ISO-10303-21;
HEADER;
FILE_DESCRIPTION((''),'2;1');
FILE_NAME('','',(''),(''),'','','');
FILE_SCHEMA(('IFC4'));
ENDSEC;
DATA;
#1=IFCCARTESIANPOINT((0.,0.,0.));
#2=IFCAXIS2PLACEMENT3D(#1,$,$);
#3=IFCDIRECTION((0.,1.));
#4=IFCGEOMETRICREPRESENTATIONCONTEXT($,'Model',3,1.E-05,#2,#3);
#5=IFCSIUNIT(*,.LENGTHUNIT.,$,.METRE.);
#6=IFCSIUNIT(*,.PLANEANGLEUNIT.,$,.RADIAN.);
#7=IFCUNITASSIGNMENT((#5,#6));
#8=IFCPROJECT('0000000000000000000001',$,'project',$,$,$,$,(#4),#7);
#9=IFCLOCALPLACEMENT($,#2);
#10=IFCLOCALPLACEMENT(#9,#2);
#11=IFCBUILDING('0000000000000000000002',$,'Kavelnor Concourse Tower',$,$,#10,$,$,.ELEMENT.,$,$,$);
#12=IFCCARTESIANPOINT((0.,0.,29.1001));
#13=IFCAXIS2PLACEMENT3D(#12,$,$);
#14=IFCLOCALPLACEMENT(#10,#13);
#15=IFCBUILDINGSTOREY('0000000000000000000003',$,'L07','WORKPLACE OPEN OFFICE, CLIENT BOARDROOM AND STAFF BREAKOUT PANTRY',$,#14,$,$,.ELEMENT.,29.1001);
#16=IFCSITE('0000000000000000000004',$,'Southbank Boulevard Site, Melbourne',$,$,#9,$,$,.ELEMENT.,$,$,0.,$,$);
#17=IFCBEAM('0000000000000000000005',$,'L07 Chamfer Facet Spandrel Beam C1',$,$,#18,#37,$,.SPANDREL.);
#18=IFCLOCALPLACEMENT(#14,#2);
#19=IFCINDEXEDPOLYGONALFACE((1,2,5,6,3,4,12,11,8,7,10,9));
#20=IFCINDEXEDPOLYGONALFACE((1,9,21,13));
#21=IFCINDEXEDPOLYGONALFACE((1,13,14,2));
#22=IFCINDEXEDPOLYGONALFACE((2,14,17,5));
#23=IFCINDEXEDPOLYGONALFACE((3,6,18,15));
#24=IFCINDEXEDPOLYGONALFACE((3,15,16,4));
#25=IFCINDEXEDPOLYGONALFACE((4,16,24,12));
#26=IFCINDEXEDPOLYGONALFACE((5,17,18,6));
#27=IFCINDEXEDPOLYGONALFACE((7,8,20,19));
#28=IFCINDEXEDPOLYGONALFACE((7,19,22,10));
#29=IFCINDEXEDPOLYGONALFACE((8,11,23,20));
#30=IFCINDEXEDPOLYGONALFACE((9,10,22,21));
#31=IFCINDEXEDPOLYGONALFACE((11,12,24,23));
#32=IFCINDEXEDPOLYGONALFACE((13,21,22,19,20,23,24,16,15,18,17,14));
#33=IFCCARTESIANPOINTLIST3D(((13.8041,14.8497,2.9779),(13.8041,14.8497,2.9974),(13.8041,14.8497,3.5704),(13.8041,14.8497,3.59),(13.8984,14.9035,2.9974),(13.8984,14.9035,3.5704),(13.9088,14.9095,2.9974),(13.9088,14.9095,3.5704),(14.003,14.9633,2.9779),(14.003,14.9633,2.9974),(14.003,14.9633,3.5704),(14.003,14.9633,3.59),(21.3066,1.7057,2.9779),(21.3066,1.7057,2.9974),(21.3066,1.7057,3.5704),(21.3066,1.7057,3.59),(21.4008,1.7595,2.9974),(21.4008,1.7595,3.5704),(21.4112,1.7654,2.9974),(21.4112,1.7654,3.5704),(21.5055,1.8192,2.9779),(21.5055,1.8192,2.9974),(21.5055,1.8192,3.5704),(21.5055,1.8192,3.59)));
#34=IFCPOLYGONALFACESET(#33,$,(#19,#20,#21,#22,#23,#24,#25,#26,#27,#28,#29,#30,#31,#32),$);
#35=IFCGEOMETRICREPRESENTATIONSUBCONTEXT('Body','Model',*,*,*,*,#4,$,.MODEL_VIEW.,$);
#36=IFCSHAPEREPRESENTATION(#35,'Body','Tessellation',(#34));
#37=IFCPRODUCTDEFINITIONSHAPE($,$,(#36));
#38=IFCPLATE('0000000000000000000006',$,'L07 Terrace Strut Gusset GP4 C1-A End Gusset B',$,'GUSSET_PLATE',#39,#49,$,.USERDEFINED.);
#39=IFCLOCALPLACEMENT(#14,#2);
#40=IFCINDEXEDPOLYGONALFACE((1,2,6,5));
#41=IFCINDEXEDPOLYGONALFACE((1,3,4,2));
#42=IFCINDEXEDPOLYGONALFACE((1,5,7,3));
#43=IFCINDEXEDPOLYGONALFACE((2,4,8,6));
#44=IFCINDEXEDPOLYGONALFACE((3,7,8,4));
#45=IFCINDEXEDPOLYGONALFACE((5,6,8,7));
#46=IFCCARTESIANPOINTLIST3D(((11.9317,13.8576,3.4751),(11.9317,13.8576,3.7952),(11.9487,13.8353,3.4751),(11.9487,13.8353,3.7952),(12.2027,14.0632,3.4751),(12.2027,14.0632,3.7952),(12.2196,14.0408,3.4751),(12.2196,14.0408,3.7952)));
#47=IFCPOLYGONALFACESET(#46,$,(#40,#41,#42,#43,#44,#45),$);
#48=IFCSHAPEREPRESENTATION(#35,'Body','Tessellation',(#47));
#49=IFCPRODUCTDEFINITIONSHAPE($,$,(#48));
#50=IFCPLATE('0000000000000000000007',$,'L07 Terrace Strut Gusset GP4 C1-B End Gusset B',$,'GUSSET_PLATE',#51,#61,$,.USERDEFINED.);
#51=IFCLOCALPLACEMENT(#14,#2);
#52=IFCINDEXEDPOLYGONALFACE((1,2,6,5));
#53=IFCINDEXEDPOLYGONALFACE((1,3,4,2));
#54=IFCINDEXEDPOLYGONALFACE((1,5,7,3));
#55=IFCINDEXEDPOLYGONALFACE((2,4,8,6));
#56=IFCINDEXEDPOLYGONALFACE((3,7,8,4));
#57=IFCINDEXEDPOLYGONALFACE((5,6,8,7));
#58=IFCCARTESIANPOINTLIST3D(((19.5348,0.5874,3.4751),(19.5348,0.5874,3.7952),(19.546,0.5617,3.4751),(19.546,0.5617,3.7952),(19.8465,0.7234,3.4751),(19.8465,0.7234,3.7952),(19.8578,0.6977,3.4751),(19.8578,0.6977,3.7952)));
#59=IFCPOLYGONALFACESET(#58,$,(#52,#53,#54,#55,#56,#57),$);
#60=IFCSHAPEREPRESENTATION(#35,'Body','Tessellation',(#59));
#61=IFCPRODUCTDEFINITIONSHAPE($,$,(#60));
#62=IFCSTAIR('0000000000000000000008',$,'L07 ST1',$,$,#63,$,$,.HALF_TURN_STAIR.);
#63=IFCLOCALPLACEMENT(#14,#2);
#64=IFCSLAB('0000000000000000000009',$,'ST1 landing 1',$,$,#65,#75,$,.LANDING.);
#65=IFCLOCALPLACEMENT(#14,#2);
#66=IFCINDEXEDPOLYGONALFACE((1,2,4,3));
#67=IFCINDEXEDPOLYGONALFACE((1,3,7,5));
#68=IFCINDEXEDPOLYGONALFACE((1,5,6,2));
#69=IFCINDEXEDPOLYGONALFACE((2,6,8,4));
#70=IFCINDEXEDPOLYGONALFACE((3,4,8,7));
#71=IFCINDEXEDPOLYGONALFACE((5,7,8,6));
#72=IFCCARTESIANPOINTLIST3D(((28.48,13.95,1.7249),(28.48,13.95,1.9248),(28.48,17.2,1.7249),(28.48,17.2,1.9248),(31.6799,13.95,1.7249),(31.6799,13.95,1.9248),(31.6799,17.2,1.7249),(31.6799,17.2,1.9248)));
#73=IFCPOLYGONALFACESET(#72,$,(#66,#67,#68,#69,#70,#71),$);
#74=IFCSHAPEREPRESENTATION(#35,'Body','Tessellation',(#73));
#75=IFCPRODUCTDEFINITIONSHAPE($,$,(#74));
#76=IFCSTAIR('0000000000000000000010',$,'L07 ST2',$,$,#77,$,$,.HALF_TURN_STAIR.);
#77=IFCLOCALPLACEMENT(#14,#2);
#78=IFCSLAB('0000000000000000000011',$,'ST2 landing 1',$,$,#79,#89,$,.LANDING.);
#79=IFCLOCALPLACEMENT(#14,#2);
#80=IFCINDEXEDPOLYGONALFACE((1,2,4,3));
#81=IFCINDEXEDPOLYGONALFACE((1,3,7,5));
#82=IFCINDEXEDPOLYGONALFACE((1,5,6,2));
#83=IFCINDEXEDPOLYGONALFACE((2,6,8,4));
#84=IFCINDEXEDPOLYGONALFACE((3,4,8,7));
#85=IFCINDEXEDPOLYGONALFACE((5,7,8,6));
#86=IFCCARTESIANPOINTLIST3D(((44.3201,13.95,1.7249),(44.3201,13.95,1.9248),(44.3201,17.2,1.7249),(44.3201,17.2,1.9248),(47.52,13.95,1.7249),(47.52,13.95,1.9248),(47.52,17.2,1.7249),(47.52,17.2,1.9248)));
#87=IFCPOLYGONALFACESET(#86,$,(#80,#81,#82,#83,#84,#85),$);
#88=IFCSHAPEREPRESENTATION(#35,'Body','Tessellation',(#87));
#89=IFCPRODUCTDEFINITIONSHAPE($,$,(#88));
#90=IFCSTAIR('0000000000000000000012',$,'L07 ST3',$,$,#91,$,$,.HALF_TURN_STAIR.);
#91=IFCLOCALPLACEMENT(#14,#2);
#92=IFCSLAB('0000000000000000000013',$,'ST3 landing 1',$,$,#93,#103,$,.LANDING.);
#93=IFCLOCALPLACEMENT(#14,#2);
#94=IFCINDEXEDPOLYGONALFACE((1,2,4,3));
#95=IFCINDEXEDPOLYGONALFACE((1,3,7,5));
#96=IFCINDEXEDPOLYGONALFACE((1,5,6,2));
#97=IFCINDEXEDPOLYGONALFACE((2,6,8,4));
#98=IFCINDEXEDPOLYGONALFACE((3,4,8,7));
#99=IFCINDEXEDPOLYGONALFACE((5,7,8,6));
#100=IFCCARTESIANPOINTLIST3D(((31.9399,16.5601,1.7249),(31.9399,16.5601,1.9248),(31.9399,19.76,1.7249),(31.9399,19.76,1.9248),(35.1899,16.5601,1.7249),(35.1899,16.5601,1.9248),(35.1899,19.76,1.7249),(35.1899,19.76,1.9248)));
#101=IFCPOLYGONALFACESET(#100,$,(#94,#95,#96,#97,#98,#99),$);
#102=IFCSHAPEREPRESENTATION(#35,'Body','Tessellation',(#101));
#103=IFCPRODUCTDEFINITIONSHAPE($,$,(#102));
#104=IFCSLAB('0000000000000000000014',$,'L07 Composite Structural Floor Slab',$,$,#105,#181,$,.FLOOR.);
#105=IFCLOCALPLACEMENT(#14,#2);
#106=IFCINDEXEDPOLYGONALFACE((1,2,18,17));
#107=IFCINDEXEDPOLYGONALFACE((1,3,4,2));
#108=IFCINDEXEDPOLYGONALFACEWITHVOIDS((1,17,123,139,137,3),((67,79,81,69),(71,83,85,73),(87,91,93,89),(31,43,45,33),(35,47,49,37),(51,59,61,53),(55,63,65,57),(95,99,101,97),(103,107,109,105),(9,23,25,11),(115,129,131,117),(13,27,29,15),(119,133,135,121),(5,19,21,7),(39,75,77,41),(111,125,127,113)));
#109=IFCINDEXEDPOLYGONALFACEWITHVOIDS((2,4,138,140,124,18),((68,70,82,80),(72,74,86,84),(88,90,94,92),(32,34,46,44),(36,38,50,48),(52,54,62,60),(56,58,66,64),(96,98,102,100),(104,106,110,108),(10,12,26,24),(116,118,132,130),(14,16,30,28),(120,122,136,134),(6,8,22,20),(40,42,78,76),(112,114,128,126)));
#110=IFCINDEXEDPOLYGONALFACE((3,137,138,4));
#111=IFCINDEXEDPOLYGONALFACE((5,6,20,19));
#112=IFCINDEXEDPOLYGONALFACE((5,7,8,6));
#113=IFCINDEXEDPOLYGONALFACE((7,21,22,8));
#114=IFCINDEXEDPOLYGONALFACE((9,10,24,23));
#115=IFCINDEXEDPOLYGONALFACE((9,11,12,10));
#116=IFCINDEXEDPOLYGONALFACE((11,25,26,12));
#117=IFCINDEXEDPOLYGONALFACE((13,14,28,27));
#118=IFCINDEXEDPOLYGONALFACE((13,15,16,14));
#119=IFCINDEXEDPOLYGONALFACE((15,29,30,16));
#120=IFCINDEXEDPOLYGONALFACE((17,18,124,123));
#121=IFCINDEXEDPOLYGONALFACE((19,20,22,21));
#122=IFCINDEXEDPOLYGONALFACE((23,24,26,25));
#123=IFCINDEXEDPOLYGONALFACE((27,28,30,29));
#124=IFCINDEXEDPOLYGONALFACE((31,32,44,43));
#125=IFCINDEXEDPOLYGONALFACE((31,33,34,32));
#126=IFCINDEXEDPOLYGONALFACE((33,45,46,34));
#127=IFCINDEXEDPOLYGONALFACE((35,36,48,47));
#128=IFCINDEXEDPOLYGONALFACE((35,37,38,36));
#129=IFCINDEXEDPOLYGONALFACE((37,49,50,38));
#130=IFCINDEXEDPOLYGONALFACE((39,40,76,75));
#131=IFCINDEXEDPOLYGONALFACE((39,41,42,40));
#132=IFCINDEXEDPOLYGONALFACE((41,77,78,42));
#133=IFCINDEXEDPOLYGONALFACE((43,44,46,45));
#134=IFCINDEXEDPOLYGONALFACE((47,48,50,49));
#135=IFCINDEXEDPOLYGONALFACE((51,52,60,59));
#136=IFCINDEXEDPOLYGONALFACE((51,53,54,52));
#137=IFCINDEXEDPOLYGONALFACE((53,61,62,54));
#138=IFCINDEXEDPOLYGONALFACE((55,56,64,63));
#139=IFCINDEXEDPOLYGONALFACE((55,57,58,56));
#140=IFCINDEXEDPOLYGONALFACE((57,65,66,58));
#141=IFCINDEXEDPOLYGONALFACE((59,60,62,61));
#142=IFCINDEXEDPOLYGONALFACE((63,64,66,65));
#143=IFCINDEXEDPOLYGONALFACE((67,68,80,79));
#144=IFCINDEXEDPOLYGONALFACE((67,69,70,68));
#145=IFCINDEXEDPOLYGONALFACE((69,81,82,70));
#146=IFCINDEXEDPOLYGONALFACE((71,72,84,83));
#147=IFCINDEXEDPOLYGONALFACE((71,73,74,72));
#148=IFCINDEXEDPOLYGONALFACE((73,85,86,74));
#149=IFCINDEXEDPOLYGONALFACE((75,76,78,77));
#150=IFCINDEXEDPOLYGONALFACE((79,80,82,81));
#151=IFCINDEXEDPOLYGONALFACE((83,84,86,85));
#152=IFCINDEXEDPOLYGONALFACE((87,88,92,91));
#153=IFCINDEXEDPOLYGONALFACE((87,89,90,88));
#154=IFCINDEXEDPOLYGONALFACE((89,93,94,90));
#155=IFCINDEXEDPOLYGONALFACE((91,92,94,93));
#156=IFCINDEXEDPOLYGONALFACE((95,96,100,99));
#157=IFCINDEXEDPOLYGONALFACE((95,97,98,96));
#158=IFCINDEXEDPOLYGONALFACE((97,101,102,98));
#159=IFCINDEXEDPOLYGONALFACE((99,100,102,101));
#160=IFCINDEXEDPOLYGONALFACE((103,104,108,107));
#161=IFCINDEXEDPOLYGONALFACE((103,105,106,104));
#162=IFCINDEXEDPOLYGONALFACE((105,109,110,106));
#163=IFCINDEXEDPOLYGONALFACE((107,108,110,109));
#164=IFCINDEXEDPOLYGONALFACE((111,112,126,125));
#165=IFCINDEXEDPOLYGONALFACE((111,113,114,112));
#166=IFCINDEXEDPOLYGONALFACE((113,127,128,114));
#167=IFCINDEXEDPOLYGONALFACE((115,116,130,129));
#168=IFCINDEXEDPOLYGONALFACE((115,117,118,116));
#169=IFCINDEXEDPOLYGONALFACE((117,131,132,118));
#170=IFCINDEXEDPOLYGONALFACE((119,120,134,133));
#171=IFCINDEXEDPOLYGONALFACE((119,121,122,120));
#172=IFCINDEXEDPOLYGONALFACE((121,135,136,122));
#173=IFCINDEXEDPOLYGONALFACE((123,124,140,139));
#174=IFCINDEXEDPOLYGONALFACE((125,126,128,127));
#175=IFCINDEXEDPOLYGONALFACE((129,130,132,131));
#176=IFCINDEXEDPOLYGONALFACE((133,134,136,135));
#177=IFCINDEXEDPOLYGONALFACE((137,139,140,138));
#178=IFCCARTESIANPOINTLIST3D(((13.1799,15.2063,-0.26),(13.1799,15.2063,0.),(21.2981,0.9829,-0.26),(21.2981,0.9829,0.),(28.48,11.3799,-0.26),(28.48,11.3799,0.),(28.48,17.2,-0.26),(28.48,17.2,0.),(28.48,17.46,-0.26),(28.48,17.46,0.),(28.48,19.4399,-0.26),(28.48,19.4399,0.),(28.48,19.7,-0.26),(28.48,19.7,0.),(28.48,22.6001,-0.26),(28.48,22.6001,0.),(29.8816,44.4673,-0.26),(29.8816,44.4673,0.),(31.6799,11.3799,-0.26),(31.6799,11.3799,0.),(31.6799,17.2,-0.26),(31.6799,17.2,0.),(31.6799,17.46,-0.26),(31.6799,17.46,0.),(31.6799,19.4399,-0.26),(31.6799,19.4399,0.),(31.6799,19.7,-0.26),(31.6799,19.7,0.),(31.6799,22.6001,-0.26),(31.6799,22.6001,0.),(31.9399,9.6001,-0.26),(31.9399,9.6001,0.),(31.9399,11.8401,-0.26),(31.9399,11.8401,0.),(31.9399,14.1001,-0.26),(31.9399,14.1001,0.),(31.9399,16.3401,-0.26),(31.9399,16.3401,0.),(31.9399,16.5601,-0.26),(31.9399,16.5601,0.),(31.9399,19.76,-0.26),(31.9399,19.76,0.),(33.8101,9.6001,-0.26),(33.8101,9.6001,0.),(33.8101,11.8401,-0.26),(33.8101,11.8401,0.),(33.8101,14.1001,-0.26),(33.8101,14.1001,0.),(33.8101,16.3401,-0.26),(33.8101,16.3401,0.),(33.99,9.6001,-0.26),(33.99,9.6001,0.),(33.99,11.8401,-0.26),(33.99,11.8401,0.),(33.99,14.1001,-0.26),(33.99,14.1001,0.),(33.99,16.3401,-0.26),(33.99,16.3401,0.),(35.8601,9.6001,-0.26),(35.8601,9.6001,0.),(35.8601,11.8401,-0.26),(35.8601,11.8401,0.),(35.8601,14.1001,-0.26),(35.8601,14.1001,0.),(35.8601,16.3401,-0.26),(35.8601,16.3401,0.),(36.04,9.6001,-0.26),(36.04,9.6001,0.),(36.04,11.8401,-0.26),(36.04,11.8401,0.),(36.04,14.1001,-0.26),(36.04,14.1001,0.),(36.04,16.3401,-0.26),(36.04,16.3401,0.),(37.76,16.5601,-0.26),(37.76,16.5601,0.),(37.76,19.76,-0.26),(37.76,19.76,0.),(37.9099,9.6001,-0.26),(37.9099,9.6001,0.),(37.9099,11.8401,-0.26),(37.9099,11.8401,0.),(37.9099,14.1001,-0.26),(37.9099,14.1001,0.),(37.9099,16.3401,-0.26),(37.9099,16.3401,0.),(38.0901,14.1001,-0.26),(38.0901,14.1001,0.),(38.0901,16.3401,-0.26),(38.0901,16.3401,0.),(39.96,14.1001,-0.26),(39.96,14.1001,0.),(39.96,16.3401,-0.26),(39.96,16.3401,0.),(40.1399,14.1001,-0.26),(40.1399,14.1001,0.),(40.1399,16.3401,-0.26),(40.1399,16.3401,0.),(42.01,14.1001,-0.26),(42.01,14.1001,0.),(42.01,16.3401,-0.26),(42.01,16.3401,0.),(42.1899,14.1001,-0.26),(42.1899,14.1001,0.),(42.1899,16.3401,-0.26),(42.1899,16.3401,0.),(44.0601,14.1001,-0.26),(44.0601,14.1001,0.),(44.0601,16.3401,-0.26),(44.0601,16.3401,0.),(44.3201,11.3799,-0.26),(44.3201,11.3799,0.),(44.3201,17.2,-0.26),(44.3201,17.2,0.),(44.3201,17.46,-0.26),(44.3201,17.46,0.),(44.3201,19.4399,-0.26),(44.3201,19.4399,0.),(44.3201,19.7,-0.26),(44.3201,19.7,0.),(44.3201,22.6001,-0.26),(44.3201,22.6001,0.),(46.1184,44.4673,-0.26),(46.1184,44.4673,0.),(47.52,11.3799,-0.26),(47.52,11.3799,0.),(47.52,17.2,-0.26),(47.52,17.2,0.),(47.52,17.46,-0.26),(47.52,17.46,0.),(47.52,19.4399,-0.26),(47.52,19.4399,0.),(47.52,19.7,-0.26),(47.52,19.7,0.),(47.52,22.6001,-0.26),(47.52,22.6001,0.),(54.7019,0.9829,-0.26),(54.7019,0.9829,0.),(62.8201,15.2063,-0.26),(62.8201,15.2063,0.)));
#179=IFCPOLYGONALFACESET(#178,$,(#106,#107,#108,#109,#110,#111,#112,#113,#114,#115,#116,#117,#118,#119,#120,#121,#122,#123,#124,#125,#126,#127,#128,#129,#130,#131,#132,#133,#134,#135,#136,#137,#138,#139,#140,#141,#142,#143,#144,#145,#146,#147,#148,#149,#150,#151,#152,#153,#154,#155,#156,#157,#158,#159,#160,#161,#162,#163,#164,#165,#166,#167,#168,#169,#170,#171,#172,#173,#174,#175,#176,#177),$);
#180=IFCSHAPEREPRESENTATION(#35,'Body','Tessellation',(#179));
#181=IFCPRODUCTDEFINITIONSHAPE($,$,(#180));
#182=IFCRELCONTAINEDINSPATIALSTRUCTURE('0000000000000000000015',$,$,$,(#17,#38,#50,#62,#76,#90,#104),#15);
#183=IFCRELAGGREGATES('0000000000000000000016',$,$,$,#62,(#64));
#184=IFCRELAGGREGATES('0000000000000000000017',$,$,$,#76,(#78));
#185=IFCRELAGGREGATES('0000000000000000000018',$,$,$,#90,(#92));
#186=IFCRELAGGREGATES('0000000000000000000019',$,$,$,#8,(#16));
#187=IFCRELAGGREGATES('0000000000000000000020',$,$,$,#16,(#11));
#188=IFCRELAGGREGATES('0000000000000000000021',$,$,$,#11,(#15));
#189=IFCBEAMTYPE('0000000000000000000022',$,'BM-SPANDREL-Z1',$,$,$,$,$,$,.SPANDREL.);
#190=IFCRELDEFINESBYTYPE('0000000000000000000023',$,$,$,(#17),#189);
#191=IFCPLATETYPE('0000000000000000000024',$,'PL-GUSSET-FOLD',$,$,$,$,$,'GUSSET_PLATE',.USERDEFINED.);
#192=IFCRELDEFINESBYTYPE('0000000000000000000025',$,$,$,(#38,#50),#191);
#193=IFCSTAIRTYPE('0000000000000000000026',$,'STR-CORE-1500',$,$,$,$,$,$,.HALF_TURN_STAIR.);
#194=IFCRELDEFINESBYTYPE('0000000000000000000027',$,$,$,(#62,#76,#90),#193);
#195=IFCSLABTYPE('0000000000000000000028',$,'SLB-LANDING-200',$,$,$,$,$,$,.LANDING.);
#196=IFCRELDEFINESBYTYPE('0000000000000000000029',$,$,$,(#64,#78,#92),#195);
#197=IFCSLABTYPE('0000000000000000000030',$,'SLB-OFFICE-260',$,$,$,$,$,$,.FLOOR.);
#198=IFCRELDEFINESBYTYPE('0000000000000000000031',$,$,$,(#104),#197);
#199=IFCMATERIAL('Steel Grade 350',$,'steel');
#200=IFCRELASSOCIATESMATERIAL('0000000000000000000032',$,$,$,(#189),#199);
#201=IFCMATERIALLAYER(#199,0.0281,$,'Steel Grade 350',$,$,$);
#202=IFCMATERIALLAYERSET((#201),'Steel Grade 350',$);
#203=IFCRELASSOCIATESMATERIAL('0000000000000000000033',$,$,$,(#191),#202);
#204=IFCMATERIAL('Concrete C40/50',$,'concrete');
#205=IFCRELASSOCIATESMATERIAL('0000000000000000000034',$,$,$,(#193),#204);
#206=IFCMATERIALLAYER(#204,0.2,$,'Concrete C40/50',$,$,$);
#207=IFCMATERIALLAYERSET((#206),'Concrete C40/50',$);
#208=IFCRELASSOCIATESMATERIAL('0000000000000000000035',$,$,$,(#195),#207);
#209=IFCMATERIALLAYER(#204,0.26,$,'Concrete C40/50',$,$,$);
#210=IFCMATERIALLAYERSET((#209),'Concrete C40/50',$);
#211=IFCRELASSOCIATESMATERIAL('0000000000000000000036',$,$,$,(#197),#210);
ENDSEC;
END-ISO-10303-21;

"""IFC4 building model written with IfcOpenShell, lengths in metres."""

from ifc_helpers import new_model, si_unit, direction, frame, origin, origin_2d, place, context, subcontext, project, spatial, polyline, rectangle, i_section, outline, extrude, material, layer, layer_set, material_profile, profile_set, type_object, element, aggregate, save


model = new_model("IFC4")

# Units and contexts
model_context = context("Model", 3, precision=1e-05, world=origin(), true_north=direction((0.0, 1.0)))
body_context = subcontext(model_context, "Body", "Model", "MODEL_VIEW")
ifc_project = project(units=[si_unit("LENGTHUNIT", "METRE"), si_unit("PLANEANGLEUNIT", "RADIAN")], contexts=[model_context])

# Site, building, storey
site_placement = place(None, origin())
site = spatial("IfcSite", under=ifc_project, at=site_placement, Name="Southbank Boulevard Site, Melbourne", CompositionType="ELEMENT", RefElevation=0.0)
building_placement = place(site_placement, origin())
building = spatial("IfcBuilding", under=site, at=building_placement, Name="Kavelnor Concourse Tower", CompositionType="ELEMENT")
storey_placement = place(building_placement, frame((0.0, 0.0, 29.1001)))
storey = spatial("IfcBuildingStorey", under=building, at=storey_placement, Name="L07", Description="WORKPLACE OPEN OFFICE, CLIENT BOARDROOM AND STAFF BREAKOUT PANTRY", CompositionType="ELEMENT", Elevation=29.1001)

# Beam
ifc_material_1 = material(Name="Steel Grade 350", Category="steel")
ifc_material_profile = material_profile(ifc_material_1, i_section(OverallWidth=0.229, OverallDepth=0.6121, WebThickness=0.012, FlangeThickness=0.0195, at=origin_2d()), Name="610UB125")
ifc_profile_set = profile_set([ifc_material_profile], Name="Steel Grade 350")
beam_type = type_object("IfcBeamType", Name="BM-SPANDREL-Z1", PredefinedType="SPANDREL", material=ifc_profile_set)
beam_placement = place(storey_placement, frame((13.9036, 14.9065, 3.2839), z_axis=(0.495718, -0.868483, 0.0), x_axis=(0.868483, 0.495718, 0.0)))
element("IfcBeam", 1, at=beam_placement, inside=storey, type_object=beam_type, Name="L07 Chamfer Facet Spandrel Beam C1", PredefinedType="SPANDREL", context=body_context, shape_type="SweptSolid", body=[
    extrude(i_section(OverallWidth=0.229, OverallDepth=0.6121, WebThickness=0.012, FlangeThickness=0.0195, at=origin_2d()), origin(), (0.0, 0.0, 1.0), 15.1345),
])

# Plates
ifc_layer_1 = layer(ifc_material_1, 0.0281, Name="Steel Grade 350")
ifc_layer_set_1 = layer_set([ifc_layer_1], Name="Steel Grade 350")
plate_type = type_object("IfcPlateType", Name="PL-GUSSET-FOLD", ElementType="GUSSET_PLATE", PredefinedType="USERDEFINED", material=ifc_layer_set_1)
for number, where, z_axis, x_axis, name in (
    (2, (12.0757, 13.9492, 3.4751), (0.0, 0.0, 1.0), (-0.796635, -0.60446, 0.0), "L07 Terrace Strut Gusset GP4 C1-A End Gusset B"),
    (3, (19.6963, 0.6426, 3.4751), (0.0, 0.0, 1.0), (-0.916572, -0.399869, 0.0), "L07 Terrace Strut Gusset GP4 C1-B End Gusset B"),
):
    element("IfcPlate", number, at=place(storey_placement, frame(where, z_axis=z_axis, x_axis=x_axis)), inside=storey, type_object=plate_type, Name=name, ObjectType="GUSSET_PLATE", PredefinedType="USERDEFINED", context=body_context, shape_type="SweptSolid", body=[
        extrude(rectangle(XDim=0.3401, YDim=0.0281, at=origin_2d()), origin(), (0.0, 0.0, 1.0), 0.3201),
    ])

# Stairs, slabs
ifc_material_2 = material(Name="Concrete C40/50", Category="concrete")
stair_type = type_object("IfcStairType", Name="STR-CORE-1500", PredefinedType="HALF_TURN_STAIR", material=ifc_material_2)
stair_1_placement = place(storey_placement, origin())
stair_1 = element("IfcStair", 4, at=stair_1_placement, inside=storey, type_object=stair_type, Name="L07 ST1", PredefinedType="HALF_TURN_STAIR")
ifc_layer_2 = layer(ifc_material_2, 0.2, Name="Concrete C40/50")
ifc_layer_set_2 = layer_set([ifc_layer_2], Name="Concrete C40/50")
slab_type_1 = type_object("IfcSlabType", Name="SLB-LANDING-200", PredefinedType="LANDING", material=ifc_layer_set_2)
slab_1_placement = place(storey_placement, frame((0.0, 0.0, 1.7249)))
slab_1 = element("IfcSlab", 5, at=slab_1_placement, type_object=slab_type_1, Name="ST1 landing 1", PredefinedType="LANDING", context=body_context, shape_type="SweptSolid", body=[
    extrude(outline(polyline([(31.6799, 13.95), (31.6799, 17.2), (28.48, 17.2), (28.48, 13.95), (31.6799, 13.95)])), origin(), (0.0, 0.0, 1.0), 0.2),
])
aggregate(stair_1, [slab_1])
stair_2_placement = place(storey_placement, origin())
stair_2 = element("IfcStair", 6, at=stair_2_placement, inside=storey, type_object=stair_type, Name="L07 ST2", PredefinedType="HALF_TURN_STAIR")
slab_2_placement = place(storey_placement, frame((0.0, 0.0, 1.7249)))
slab_2 = element("IfcSlab", 7, at=slab_2_placement, type_object=slab_type_1, Name="ST2 landing 1", PredefinedType="LANDING", context=body_context, shape_type="SweptSolid", body=[
    extrude(outline(polyline([(47.52, 13.95), (47.52, 17.2), (44.3201, 17.2), (44.3201, 13.95), (47.52, 13.95)])), origin(), (0.0, 0.0, 1.0), 0.2),
])
aggregate(stair_2, [slab_2])
stair_3_placement = place(storey_placement, origin())
stair_3 = element("IfcStair", 8, at=stair_3_placement, inside=storey, type_object=stair_type, Name="L07 ST3", PredefinedType="HALF_TURN_STAIR")
slab_3_placement = place(storey_placement, frame((0.0, 0.0, 1.7249)))
slab_3 = element("IfcSlab", 9, at=slab_3_placement, type_object=slab_type_1, Name="ST3 landing 1", PredefinedType="LANDING", context=body_context, shape_type="SweptSolid", body=[
    extrude(outline(polyline([(35.1899, 19.76), (31.9399, 19.76), (31.9399, 16.5601), (35.1899, 16.5601), (35.1899, 19.76)])), origin(), (0.0, 0.0, 1.0), 0.2),
])
aggregate(stair_3, [slab_3])

# Slab
ifc_layer_3 = layer(ifc_material_2, 0.26, Name="Concrete C40/50")
ifc_layer_set_3 = layer_set([ifc_layer_3], Name="Concrete C40/50")
slab_type_2 = type_object("IfcSlabType", Name="SLB-OFFICE-260", PredefinedType="FLOOR", material=ifc_layer_set_3)
slab_4_placement = place(storey_placement, frame((0.0, 0.0, -0.26)))
element("IfcSlab", 10, at=slab_4_placement, inside=storey, type_object=slab_type_2, Name="L07 Composite Structural Floor Slab", PredefinedType="FLOOR", context=body_context, shape_type="SweptSolid", body=[
    extrude(outline(polyline([(46.1184, 44.4673), (29.8816, 44.4673), (13.1799, 15.2063), (21.2981, 0.9829), (54.7019, 0.9829), (62.8201, 15.2063), (46.1184, 44.4673)]), holes=[polyline([(28.48, 11.3799), (31.6799, 11.3799), (31.6799, 17.2), (28.48, 17.2), (28.48, 11.3799)]), polyline([(44.3201, 11.3799), (47.52, 11.3799), (47.52, 17.2), (44.3201, 17.2), (44.3201, 11.3799)]), polyline([(31.9399, 16.5601), (37.76, 16.5601), (37.76, 19.76), (31.9399, 19.76), (31.9399, 16.5601)]), polyline([(28.48, 19.7), (31.6799, 19.7), (31.6799, 22.6001), (28.48, 22.6001), (28.48, 19.7)]), polyline([(44.3201, 19.7), (47.52, 19.7), (47.52, 22.6001), (44.3201, 22.6001), (44.3201, 19.7)]), polyline([(31.9399, 14.1001), (33.8101, 14.1001), (33.8101, 16.3401), (31.9399, 16.3401), (31.9399, 14.1001)]), polyline([(33.99, 14.1001), (35.8601, 14.1001), (35.8601, 16.3401), (33.99, 16.3401), (33.99, 14.1001)]), polyline([(36.04, 14.1001), (37.9099, 14.1001), (37.9099, 16.3401), (36.04, 16.3401), (36.04, 14.1001)]), polyline([(38.0901, 14.1001), (39.96, 14.1001), (39.96, 16.3401), (38.0901, 16.3401), (38.0901, 14.1001)]), polyline([(40.1399, 14.1001), (42.01, 14.1001), (42.01, 16.3401), (40.1399, 16.3401), (40.1399, 14.1001)]), polyline([(42.1899, 14.1001), (44.0601, 14.1001), (44.0601, 16.3401), (42.1899, 16.3401), (42.1899, 14.1001)]), polyline([(31.9399, 9.6001), (33.8101, 9.6001), (33.8101, 11.8401), (31.9399, 11.8401), (31.9399, 9.6001)]), polyline([(33.99, 9.6001), (35.8601, 9.6001), (35.8601, 11.8401), (33.99, 11.8401), (33.99, 9.6001)]), polyline([(36.04, 9.6001), (37.9099, 9.6001), (37.9099, 11.8401), (36.04, 11.8401), (36.04, 9.6001)]), polyline([(28.48, 17.46), (31.6799, 17.46), (31.6799, 19.4399), (28.48, 19.4399), (28.48, 17.46)]), polyline([(44.3201, 17.46), (47.52, 17.46), (47.52, 19.4399), (44.3201, 19.4399), (44.3201, 17.46)])]), origin(), (0.0, 0.0, 1.0), 0.26),
])

save(model, "model.ifc")
